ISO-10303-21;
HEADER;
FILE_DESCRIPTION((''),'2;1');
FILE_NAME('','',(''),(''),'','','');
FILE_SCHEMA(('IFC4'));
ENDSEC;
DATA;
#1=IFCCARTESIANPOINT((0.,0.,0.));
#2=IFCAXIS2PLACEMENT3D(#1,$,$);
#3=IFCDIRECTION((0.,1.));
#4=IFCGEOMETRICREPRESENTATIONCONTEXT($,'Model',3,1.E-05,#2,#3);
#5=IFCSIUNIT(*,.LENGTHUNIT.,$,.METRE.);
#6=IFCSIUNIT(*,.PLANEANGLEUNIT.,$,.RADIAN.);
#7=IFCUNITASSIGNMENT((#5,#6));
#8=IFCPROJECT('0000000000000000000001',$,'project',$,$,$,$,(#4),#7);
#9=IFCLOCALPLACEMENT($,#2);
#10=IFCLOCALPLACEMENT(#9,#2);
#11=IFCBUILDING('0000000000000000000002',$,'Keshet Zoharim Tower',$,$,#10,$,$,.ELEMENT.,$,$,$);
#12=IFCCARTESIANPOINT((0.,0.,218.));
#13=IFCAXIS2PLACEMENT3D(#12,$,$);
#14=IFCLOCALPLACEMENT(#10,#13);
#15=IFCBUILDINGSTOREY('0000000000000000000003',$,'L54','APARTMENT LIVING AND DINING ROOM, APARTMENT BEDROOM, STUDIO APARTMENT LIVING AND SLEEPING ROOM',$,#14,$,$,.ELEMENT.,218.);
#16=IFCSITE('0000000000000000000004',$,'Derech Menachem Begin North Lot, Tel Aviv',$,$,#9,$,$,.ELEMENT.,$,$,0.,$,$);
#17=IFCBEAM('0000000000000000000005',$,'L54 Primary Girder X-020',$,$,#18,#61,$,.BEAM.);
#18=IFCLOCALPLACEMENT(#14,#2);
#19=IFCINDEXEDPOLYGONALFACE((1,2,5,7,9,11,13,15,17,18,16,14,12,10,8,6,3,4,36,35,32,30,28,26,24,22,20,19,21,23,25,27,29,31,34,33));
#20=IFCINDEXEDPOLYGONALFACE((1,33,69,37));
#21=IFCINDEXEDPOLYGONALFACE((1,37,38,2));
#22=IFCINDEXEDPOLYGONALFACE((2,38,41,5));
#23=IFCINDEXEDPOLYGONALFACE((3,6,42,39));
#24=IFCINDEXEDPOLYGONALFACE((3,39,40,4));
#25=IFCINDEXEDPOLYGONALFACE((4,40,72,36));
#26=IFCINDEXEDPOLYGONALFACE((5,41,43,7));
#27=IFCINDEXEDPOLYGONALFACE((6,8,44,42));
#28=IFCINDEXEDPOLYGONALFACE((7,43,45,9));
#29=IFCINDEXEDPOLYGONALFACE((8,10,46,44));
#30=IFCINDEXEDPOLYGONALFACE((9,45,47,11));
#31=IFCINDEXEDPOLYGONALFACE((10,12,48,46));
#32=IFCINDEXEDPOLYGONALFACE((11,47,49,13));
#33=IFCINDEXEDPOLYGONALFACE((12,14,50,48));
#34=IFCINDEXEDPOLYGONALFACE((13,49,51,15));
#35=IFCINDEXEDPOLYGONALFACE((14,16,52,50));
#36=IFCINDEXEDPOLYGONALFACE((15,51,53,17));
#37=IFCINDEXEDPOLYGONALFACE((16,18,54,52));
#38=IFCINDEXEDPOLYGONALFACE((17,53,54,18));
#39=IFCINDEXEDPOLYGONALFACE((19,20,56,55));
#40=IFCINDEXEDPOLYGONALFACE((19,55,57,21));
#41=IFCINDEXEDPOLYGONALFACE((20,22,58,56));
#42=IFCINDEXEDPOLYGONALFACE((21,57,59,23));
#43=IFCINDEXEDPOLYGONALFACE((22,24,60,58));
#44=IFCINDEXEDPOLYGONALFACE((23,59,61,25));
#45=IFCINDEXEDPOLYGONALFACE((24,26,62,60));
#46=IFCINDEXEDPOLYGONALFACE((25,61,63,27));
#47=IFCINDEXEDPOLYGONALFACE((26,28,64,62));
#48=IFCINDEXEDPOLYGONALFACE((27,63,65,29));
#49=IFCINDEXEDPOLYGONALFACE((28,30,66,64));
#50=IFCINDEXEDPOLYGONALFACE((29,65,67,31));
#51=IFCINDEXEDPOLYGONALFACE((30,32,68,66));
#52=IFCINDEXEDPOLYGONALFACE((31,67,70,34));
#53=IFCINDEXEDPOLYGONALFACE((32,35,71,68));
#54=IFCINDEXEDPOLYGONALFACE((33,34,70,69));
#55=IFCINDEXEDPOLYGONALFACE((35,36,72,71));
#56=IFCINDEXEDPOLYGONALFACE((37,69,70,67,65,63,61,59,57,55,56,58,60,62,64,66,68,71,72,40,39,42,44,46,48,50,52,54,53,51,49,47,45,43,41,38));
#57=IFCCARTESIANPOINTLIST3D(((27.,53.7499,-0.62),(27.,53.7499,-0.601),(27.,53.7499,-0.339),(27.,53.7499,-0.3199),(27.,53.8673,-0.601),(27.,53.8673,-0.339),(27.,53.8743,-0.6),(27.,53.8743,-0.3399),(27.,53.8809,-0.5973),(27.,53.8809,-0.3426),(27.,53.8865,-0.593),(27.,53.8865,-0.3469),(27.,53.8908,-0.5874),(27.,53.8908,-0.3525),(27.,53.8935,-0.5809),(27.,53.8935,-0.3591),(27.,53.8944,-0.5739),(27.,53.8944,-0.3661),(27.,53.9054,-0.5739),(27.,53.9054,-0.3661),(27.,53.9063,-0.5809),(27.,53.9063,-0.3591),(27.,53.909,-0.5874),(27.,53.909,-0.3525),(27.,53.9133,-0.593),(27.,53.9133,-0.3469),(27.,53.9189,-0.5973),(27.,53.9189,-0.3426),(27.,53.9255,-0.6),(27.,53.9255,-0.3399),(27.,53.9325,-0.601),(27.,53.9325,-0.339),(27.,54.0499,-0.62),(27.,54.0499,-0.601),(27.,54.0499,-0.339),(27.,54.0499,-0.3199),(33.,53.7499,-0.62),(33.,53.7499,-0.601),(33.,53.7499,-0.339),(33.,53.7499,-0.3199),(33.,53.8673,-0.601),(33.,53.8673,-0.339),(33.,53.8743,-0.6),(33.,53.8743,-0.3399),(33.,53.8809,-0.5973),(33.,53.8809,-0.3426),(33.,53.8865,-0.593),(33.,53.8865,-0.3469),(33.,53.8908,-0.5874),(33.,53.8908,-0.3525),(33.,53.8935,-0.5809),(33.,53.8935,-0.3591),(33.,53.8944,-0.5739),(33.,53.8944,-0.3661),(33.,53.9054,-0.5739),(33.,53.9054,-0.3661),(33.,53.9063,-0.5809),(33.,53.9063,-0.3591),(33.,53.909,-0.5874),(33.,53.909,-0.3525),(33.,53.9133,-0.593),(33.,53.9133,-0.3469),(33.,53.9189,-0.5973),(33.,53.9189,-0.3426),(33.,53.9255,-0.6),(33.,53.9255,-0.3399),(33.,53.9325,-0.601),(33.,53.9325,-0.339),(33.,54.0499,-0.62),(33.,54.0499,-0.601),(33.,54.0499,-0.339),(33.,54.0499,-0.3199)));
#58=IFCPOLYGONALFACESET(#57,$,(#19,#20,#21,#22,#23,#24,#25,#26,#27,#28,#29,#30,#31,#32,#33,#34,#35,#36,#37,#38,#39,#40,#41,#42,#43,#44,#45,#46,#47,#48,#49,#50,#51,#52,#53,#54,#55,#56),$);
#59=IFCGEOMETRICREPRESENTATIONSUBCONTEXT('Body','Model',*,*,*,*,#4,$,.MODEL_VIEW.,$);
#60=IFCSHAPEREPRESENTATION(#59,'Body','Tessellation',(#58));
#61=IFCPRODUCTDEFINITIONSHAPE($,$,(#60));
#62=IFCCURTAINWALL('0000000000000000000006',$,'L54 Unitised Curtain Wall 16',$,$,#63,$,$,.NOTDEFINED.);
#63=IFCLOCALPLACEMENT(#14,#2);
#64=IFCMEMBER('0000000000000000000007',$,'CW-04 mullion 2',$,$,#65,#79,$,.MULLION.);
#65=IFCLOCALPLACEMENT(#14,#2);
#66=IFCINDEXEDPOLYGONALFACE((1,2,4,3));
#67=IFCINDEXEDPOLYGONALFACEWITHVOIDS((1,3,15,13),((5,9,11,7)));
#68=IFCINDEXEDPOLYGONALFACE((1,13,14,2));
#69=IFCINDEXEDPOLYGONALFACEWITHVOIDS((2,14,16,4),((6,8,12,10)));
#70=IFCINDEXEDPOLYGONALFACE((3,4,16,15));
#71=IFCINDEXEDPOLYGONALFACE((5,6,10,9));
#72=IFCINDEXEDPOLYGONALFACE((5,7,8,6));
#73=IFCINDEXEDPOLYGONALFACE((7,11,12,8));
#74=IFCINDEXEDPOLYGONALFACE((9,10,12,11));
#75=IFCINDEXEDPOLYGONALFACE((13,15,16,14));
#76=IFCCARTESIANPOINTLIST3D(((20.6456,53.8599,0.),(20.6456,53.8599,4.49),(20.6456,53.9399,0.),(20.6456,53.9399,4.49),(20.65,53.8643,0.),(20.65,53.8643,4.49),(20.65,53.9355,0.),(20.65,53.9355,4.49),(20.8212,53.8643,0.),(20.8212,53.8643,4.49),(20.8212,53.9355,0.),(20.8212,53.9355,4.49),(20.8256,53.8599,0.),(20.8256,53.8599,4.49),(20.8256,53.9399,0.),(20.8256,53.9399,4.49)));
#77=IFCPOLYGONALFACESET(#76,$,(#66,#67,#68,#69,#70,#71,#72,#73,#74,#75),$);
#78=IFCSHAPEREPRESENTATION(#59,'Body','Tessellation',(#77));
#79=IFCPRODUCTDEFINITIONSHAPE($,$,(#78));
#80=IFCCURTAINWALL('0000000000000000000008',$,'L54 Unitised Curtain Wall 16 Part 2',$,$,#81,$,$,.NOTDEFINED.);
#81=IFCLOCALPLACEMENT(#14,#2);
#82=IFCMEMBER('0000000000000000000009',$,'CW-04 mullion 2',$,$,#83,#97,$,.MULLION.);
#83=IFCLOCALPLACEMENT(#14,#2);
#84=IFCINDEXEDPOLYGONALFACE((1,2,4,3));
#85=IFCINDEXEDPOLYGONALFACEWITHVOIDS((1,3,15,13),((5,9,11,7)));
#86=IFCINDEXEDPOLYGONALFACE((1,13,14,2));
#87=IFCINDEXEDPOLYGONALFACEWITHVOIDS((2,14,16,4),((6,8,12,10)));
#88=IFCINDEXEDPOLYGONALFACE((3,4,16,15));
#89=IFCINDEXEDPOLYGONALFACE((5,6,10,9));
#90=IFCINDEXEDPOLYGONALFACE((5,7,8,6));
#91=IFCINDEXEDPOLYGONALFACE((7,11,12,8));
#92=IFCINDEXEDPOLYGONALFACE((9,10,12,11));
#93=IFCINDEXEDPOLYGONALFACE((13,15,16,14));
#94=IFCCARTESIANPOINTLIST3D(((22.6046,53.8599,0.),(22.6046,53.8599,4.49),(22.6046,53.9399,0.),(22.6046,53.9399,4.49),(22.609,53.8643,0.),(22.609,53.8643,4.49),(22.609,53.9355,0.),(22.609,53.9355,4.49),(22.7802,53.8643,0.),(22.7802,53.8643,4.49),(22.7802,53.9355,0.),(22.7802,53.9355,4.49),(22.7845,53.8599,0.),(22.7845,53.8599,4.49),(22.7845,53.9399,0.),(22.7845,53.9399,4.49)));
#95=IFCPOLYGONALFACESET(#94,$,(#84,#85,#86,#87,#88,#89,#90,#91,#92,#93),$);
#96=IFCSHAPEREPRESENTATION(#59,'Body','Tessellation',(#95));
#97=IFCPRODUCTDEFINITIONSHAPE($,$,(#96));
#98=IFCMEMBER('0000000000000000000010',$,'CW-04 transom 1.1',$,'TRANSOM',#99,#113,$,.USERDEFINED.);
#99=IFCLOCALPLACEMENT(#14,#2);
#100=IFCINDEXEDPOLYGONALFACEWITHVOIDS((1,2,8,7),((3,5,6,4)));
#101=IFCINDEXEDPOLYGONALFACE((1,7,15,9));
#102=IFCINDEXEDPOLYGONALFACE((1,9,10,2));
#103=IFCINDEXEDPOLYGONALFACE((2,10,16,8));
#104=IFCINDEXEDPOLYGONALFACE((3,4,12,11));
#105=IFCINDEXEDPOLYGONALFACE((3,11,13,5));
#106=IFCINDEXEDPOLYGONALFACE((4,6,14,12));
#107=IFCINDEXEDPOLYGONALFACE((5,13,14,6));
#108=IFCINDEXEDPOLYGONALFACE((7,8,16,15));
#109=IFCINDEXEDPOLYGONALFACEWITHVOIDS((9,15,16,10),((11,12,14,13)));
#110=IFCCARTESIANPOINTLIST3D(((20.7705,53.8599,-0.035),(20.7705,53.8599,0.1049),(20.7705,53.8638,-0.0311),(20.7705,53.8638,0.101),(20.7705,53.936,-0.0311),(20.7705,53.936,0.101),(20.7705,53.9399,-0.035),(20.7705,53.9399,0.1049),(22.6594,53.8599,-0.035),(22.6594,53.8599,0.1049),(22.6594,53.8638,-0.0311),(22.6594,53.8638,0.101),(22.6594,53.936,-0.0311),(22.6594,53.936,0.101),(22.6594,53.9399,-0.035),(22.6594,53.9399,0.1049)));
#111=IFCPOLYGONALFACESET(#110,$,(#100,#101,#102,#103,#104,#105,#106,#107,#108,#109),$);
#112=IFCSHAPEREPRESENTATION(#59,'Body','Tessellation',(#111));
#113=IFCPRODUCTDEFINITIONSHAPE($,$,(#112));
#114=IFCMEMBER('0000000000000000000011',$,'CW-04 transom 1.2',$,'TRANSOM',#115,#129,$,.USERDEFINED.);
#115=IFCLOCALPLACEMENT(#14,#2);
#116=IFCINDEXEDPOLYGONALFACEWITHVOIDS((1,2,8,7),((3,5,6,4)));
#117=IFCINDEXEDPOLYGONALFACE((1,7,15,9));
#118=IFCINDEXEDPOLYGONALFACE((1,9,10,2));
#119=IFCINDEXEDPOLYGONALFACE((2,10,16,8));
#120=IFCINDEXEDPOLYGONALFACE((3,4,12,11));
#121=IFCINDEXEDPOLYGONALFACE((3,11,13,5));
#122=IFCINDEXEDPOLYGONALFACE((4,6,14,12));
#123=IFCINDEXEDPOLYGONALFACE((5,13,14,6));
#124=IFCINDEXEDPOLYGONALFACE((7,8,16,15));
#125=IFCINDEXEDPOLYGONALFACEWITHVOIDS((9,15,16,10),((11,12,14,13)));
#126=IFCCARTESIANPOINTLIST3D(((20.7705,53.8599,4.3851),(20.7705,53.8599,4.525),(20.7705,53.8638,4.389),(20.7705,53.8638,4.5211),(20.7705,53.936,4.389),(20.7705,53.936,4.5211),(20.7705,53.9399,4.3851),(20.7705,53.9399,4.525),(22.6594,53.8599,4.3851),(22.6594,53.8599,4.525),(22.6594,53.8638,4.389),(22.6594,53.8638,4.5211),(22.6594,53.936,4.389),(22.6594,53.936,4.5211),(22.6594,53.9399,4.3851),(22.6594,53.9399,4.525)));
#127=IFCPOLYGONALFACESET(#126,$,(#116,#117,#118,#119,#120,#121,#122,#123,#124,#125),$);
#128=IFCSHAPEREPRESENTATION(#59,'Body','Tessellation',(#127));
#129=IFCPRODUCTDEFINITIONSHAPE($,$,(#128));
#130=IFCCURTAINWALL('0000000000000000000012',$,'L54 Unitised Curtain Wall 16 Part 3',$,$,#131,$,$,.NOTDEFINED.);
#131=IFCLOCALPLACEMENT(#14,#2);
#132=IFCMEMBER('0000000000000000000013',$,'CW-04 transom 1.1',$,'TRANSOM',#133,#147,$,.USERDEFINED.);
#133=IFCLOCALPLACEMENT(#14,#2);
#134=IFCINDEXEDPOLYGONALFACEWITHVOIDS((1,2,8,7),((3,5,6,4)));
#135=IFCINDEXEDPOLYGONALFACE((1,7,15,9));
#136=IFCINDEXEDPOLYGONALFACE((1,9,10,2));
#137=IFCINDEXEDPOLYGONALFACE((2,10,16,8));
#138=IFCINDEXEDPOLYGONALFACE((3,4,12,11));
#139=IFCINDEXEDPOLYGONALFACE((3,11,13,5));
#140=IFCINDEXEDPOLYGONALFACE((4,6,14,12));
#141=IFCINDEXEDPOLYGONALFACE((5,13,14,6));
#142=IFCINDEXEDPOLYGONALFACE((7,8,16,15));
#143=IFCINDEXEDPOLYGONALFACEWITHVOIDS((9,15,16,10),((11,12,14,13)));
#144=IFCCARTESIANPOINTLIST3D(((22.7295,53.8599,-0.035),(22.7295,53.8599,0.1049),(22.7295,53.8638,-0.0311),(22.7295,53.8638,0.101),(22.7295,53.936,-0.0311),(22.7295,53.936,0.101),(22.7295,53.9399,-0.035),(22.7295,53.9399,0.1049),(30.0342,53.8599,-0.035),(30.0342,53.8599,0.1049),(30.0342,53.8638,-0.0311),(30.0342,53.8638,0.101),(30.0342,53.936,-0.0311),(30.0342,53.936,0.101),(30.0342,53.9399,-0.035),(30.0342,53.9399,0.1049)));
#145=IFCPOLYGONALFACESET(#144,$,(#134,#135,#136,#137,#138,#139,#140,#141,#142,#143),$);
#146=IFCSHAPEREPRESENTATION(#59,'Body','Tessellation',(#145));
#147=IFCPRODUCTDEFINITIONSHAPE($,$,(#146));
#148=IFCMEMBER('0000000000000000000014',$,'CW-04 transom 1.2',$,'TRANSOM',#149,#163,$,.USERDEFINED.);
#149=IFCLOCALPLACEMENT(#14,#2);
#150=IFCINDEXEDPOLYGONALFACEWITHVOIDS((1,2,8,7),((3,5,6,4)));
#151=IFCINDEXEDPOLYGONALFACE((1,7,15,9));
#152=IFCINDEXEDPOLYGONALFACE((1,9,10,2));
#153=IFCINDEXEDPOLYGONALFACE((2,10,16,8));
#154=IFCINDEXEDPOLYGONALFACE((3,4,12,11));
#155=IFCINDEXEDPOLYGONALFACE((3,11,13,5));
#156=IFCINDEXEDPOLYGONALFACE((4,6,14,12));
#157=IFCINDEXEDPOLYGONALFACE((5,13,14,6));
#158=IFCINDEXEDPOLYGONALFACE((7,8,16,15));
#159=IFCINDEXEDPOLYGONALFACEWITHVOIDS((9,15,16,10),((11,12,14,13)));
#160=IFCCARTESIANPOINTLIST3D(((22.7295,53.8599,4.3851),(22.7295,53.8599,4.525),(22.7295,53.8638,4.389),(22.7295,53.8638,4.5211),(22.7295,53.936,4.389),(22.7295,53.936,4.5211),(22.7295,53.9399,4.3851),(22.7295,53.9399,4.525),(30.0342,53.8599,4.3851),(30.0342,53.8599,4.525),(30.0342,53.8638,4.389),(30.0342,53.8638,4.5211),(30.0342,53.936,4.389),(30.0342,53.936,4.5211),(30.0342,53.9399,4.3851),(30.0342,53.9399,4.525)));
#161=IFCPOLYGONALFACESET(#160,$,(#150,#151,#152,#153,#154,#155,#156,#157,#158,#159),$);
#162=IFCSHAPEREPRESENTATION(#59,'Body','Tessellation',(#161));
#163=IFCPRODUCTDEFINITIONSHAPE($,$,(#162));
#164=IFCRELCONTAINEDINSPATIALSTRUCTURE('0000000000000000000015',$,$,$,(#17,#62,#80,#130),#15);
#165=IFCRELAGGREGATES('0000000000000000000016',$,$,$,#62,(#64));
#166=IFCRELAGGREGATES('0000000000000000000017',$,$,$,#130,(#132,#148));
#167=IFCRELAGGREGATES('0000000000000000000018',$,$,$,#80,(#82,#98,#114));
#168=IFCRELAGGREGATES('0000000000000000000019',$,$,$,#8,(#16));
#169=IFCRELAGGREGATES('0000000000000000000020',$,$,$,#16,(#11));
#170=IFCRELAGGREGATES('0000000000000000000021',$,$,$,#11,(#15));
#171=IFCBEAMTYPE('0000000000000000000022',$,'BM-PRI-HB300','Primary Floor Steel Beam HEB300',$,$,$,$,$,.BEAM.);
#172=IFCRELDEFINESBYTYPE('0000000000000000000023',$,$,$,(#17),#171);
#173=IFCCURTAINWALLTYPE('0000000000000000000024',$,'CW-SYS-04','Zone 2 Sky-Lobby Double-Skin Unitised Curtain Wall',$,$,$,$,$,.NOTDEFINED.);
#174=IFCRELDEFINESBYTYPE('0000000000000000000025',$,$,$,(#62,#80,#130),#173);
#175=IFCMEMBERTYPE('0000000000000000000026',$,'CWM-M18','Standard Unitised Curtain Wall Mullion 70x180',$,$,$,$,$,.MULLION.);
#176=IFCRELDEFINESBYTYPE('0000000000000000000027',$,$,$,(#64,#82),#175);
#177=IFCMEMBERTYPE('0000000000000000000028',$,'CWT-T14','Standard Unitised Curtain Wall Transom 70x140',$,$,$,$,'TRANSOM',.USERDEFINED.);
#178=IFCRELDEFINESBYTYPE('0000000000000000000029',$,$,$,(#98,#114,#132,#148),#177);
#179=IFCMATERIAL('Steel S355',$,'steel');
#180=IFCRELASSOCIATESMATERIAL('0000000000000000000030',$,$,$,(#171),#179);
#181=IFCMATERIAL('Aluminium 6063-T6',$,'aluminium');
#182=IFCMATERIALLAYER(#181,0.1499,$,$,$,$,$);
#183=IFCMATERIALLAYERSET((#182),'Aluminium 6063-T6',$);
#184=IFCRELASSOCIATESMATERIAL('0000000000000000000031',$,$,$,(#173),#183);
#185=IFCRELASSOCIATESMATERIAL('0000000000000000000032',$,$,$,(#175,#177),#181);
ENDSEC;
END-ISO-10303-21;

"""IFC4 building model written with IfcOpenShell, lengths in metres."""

from ifc_helpers import new_model, si_unit, direction, frame, origin, origin_2d, place, context, subcontext, project, spatial, hollow_rectangle, i_section, extrude, material, layer, layer_set, material_profile, profile_set, type_object, element, aggregate, save


model = new_model("IFC4")

# Units and contexts
model_context = context("Model", 3, precision=1e-05, world=origin(), true_north=direction((0.0, 1.0)))
body_context = subcontext(model_context, "Body", "Model", "MODEL_VIEW")
ifc_project = project(units=[si_unit("LENGTHUNIT", "METRE"), si_unit("PLANEANGLEUNIT", "RADIAN")], contexts=[model_context])

# Site, building, storey
site_placement = place(None, origin())
site = spatial("IfcSite", under=ifc_project, at=site_placement, Name="Derech Menachem Begin North Lot, Tel Aviv", CompositionType="ELEMENT", RefElevation=0.0)
building_placement = place(site_placement, origin())
building = spatial("IfcBuilding", under=site, at=building_placement, Name="Keshet Zoharim Tower", CompositionType="ELEMENT")
storey_placement = place(building_placement, frame((0.0, 0.0, 218.0)))
storey = spatial("IfcBuildingStorey", under=building, at=storey_placement, Name="L54", Description="APARTMENT LIVING AND DINING ROOM, APARTMENT BEDROOM, STUDIO APARTMENT LIVING AND SLEEPING ROOM", CompositionType="ELEMENT", Elevation=218.0)

# Shared definitions
ifc_material_1 = material(Name="Steel S355", Category="steel")

# Beam
ifc_material_profile_1 = material_profile(ifc_material_1, i_section(OverallWidth=0.3, OverallDepth=0.3, WebThickness=0.011, FlangeThickness=0.019, FilletRadius=0.0271, at=origin_2d()), Name="HEB300")
ifc_profile_set_1 = profile_set([ifc_material_profile_1], Name="Steel S355")
beam_type_1 = type_object("IfcBeamType", Name="BM-PRI-HB300", Description="Primary Floor Steel Beam HEB300", PredefinedType="BEAM", material=ifc_profile_set_1)
for number, where, z_axis, x_axis, name in (
    (1, (27.0, 53.8999, -0.47), (1.0, 0.0, 0.0), (0.0, 1.0, 0.0), "L54 Primary Girder X-020"),
):
    element("IfcBeam", number, at=place(storey_placement, frame(where, z_axis=z_axis, x_axis=x_axis)), inside=storey, type_object=beam_type_1, Name=name, PredefinedType="BEAM", context=body_context, shape_type="SweptSolid", body=[
        extrude(i_section(OverallWidth=0.3, OverallDepth=0.3, WebThickness=0.011, FlangeThickness=0.019, FilletRadius=0.0271, at=origin_2d()), origin(), (0.0, 0.0, 1.0), 6.0),
    ])

# Curtain wall, member
ifc_material_2 = material(Name="Aluminium 6063-T6", Category="aluminium")
ifc_layer_1 = layer(ifc_material_2, 0.1499)
ifc_layer_set_1 = layer_set([ifc_layer_1], Name="Aluminium 6063-T6")
curtain_wall_type = type_object("IfcCurtainWallType", Name="CW-SYS-04", Description="Zone 2 Sky-Lobby Double-Skin Unitised Curtain Wall", PredefinedType="NOTDEFINED", material=ifc_layer_set_1)
curtain_wall_1_placement = place(storey_placement, origin())
curtain_wall_1 = element("IfcCurtainWall", 2, at=curtain_wall_1_placement, inside=storey, type_object=curtain_wall_type, Name="L54 Unitised Curtain Wall 16", PredefinedType="NOTDEFINED")
ifc_material_profile_2 = material_profile(ifc_material_2, hollow_rectangle(XDim=0.0801, YDim=0.1799, WallThickness=0.0044, at=origin_2d()), Name="MUL-80x180")
ifc_profile_set_2 = profile_set([ifc_material_profile_2], Name="Aluminium 6063-T6")
member_type_1 = type_object("IfcMemberType", Name="CWM-M18", Description="Standard Unitised Curtain Wall Mullion 70x180", PredefinedType="MULLION", material=ifc_profile_set_2)
member_1_placement = place(storey_placement, frame((20.7356, 53.8999, 0.0), z_axis=(0.0, 0.0, 1.0), x_axis=(0.0, 1.0, 0.0)))
member_1 = element("IfcMember", 3, at=member_1_placement, type_object=member_type_1, Name="CW-04 mullion 2", PredefinedType="MULLION", context=body_context, shape_type="SweptSolid", body=[
    extrude(hollow_rectangle(XDim=0.0801, YDim=0.1799, WallThickness=0.0044, at=origin_2d()), origin(), (0.0, 0.0, 1.0), 4.49),
])

# Curtain walls, members
curtain_wall_2_placement = place(storey_placement, origin())
curtain_wall_2 = element("IfcCurtainWall", 4, at=curtain_wall_2_placement, inside=storey, type_object=curtain_wall_type, Name="L54 Unitised Curtain Wall 16 Part 2", PredefinedType="NOTDEFINED")
member_2_placement = place(storey_placement, frame((22.6946, 53.8999, 0.0), z_axis=(0.0, 0.0, 1.0), x_axis=(0.0, 1.0, 0.0)))
member_2 = element("IfcMember", 5, at=member_2_placement, type_object=member_type_1, Name="CW-04 mullion 2", PredefinedType="MULLION", context=body_context, shape_type="SweptSolid", body=[
    extrude(hollow_rectangle(XDim=0.0801, YDim=0.1799, WallThickness=0.0044, at=origin_2d()), origin(), (0.0, 0.0, 1.0), 4.49),
])
ifc_material_profile_3 = material_profile(ifc_material_2, hollow_rectangle(XDim=0.0801, YDim=0.1399, WallThickness=0.0039, at=origin_2d()), Name="TRN-80x140")
ifc_profile_set_3 = profile_set([ifc_material_profile_3], Name="Aluminium 6063-T6")
member_type_2 = type_object("IfcMemberType", Name="CWT-T14", Description="Standard Unitised Curtain Wall Transom 70x140", ElementType="TRANSOM", PredefinedType="USERDEFINED", material=ifc_profile_set_3)
member_3_placement = place(storey_placement, frame((20.7705, 53.8999, 0.0349), z_axis=(1.0, 0.0, 0.0), x_axis=(0.0, 1.0, 0.0)))
member_3 = element("IfcMember", 6, at=member_3_placement, type_object=member_type_2, Name="CW-04 transom 1.1", ObjectType="TRANSOM", PredefinedType="USERDEFINED", context=body_context, shape_type="SweptSolid", body=[
    extrude(hollow_rectangle(XDim=0.0801, YDim=0.1399, WallThickness=0.0039, at=origin_2d()), origin(), (0.0, 0.0, 1.0), 1.8889),
])
member_4_placement = place(storey_placement, frame((20.7705, 53.8999, 4.4551), z_axis=(1.0, 0.0, 0.0), x_axis=(0.0, 1.0, 0.0)))
member_4 = element("IfcMember", 7, at=member_4_placement, type_object=member_type_2, Name="CW-04 transom 1.2", ObjectType="TRANSOM", PredefinedType="USERDEFINED", context=body_context, shape_type="SweptSolid", body=[
    extrude(hollow_rectangle(XDim=0.0801, YDim=0.1399, WallThickness=0.0039, at=origin_2d()), origin(), (0.0, 0.0, 1.0), 1.8889),
])
curtain_wall_3_placement = place(storey_placement, origin())
curtain_wall_3 = element("IfcCurtainWall", 8, at=curtain_wall_3_placement, inside=storey, type_object=curtain_wall_type, Name="L54 Unitised Curtain Wall 16 Part 3", PredefinedType="NOTDEFINED")
member_5_placement = place(storey_placement, frame((22.7295, 53.8999, 0.0349), z_axis=(1.0, 0.0, 0.0), x_axis=(0.0, 1.0, 0.0)))
member_5 = element("IfcMember", 9, at=member_5_placement, type_object=member_type_2, Name="CW-04 transom 1.1", ObjectType="TRANSOM", PredefinedType="USERDEFINED", context=body_context, shape_type="SweptSolid", body=[
    extrude(hollow_rectangle(XDim=0.0801, YDim=0.1399, WallThickness=0.0039, at=origin_2d()), origin(), (0.0, 0.0, 1.0), 7.3047),
])
member_6_placement = place(storey_placement, frame((22.7295, 53.8999, 4.4551), z_axis=(1.0, 0.0, 0.0), x_axis=(0.0, 1.0, 0.0)))
member_6 = element("IfcMember", 10, at=member_6_placement, type_object=member_type_2, Name="CW-04 transom 1.2", ObjectType="TRANSOM", PredefinedType="USERDEFINED", context=body_context, shape_type="SweptSolid", body=[
    extrude(hollow_rectangle(XDim=0.0801, YDim=0.1399, WallThickness=0.0039, at=origin_2d()), origin(), (0.0, 0.0, 1.0), 7.3047),
])

aggregate(curtain_wall_1, [member_1])
aggregate(curtain_wall_3, [member_5, member_6])
aggregate(curtain_wall_2, [member_2, member_3, member_4])

save(model, "model.ifc")
